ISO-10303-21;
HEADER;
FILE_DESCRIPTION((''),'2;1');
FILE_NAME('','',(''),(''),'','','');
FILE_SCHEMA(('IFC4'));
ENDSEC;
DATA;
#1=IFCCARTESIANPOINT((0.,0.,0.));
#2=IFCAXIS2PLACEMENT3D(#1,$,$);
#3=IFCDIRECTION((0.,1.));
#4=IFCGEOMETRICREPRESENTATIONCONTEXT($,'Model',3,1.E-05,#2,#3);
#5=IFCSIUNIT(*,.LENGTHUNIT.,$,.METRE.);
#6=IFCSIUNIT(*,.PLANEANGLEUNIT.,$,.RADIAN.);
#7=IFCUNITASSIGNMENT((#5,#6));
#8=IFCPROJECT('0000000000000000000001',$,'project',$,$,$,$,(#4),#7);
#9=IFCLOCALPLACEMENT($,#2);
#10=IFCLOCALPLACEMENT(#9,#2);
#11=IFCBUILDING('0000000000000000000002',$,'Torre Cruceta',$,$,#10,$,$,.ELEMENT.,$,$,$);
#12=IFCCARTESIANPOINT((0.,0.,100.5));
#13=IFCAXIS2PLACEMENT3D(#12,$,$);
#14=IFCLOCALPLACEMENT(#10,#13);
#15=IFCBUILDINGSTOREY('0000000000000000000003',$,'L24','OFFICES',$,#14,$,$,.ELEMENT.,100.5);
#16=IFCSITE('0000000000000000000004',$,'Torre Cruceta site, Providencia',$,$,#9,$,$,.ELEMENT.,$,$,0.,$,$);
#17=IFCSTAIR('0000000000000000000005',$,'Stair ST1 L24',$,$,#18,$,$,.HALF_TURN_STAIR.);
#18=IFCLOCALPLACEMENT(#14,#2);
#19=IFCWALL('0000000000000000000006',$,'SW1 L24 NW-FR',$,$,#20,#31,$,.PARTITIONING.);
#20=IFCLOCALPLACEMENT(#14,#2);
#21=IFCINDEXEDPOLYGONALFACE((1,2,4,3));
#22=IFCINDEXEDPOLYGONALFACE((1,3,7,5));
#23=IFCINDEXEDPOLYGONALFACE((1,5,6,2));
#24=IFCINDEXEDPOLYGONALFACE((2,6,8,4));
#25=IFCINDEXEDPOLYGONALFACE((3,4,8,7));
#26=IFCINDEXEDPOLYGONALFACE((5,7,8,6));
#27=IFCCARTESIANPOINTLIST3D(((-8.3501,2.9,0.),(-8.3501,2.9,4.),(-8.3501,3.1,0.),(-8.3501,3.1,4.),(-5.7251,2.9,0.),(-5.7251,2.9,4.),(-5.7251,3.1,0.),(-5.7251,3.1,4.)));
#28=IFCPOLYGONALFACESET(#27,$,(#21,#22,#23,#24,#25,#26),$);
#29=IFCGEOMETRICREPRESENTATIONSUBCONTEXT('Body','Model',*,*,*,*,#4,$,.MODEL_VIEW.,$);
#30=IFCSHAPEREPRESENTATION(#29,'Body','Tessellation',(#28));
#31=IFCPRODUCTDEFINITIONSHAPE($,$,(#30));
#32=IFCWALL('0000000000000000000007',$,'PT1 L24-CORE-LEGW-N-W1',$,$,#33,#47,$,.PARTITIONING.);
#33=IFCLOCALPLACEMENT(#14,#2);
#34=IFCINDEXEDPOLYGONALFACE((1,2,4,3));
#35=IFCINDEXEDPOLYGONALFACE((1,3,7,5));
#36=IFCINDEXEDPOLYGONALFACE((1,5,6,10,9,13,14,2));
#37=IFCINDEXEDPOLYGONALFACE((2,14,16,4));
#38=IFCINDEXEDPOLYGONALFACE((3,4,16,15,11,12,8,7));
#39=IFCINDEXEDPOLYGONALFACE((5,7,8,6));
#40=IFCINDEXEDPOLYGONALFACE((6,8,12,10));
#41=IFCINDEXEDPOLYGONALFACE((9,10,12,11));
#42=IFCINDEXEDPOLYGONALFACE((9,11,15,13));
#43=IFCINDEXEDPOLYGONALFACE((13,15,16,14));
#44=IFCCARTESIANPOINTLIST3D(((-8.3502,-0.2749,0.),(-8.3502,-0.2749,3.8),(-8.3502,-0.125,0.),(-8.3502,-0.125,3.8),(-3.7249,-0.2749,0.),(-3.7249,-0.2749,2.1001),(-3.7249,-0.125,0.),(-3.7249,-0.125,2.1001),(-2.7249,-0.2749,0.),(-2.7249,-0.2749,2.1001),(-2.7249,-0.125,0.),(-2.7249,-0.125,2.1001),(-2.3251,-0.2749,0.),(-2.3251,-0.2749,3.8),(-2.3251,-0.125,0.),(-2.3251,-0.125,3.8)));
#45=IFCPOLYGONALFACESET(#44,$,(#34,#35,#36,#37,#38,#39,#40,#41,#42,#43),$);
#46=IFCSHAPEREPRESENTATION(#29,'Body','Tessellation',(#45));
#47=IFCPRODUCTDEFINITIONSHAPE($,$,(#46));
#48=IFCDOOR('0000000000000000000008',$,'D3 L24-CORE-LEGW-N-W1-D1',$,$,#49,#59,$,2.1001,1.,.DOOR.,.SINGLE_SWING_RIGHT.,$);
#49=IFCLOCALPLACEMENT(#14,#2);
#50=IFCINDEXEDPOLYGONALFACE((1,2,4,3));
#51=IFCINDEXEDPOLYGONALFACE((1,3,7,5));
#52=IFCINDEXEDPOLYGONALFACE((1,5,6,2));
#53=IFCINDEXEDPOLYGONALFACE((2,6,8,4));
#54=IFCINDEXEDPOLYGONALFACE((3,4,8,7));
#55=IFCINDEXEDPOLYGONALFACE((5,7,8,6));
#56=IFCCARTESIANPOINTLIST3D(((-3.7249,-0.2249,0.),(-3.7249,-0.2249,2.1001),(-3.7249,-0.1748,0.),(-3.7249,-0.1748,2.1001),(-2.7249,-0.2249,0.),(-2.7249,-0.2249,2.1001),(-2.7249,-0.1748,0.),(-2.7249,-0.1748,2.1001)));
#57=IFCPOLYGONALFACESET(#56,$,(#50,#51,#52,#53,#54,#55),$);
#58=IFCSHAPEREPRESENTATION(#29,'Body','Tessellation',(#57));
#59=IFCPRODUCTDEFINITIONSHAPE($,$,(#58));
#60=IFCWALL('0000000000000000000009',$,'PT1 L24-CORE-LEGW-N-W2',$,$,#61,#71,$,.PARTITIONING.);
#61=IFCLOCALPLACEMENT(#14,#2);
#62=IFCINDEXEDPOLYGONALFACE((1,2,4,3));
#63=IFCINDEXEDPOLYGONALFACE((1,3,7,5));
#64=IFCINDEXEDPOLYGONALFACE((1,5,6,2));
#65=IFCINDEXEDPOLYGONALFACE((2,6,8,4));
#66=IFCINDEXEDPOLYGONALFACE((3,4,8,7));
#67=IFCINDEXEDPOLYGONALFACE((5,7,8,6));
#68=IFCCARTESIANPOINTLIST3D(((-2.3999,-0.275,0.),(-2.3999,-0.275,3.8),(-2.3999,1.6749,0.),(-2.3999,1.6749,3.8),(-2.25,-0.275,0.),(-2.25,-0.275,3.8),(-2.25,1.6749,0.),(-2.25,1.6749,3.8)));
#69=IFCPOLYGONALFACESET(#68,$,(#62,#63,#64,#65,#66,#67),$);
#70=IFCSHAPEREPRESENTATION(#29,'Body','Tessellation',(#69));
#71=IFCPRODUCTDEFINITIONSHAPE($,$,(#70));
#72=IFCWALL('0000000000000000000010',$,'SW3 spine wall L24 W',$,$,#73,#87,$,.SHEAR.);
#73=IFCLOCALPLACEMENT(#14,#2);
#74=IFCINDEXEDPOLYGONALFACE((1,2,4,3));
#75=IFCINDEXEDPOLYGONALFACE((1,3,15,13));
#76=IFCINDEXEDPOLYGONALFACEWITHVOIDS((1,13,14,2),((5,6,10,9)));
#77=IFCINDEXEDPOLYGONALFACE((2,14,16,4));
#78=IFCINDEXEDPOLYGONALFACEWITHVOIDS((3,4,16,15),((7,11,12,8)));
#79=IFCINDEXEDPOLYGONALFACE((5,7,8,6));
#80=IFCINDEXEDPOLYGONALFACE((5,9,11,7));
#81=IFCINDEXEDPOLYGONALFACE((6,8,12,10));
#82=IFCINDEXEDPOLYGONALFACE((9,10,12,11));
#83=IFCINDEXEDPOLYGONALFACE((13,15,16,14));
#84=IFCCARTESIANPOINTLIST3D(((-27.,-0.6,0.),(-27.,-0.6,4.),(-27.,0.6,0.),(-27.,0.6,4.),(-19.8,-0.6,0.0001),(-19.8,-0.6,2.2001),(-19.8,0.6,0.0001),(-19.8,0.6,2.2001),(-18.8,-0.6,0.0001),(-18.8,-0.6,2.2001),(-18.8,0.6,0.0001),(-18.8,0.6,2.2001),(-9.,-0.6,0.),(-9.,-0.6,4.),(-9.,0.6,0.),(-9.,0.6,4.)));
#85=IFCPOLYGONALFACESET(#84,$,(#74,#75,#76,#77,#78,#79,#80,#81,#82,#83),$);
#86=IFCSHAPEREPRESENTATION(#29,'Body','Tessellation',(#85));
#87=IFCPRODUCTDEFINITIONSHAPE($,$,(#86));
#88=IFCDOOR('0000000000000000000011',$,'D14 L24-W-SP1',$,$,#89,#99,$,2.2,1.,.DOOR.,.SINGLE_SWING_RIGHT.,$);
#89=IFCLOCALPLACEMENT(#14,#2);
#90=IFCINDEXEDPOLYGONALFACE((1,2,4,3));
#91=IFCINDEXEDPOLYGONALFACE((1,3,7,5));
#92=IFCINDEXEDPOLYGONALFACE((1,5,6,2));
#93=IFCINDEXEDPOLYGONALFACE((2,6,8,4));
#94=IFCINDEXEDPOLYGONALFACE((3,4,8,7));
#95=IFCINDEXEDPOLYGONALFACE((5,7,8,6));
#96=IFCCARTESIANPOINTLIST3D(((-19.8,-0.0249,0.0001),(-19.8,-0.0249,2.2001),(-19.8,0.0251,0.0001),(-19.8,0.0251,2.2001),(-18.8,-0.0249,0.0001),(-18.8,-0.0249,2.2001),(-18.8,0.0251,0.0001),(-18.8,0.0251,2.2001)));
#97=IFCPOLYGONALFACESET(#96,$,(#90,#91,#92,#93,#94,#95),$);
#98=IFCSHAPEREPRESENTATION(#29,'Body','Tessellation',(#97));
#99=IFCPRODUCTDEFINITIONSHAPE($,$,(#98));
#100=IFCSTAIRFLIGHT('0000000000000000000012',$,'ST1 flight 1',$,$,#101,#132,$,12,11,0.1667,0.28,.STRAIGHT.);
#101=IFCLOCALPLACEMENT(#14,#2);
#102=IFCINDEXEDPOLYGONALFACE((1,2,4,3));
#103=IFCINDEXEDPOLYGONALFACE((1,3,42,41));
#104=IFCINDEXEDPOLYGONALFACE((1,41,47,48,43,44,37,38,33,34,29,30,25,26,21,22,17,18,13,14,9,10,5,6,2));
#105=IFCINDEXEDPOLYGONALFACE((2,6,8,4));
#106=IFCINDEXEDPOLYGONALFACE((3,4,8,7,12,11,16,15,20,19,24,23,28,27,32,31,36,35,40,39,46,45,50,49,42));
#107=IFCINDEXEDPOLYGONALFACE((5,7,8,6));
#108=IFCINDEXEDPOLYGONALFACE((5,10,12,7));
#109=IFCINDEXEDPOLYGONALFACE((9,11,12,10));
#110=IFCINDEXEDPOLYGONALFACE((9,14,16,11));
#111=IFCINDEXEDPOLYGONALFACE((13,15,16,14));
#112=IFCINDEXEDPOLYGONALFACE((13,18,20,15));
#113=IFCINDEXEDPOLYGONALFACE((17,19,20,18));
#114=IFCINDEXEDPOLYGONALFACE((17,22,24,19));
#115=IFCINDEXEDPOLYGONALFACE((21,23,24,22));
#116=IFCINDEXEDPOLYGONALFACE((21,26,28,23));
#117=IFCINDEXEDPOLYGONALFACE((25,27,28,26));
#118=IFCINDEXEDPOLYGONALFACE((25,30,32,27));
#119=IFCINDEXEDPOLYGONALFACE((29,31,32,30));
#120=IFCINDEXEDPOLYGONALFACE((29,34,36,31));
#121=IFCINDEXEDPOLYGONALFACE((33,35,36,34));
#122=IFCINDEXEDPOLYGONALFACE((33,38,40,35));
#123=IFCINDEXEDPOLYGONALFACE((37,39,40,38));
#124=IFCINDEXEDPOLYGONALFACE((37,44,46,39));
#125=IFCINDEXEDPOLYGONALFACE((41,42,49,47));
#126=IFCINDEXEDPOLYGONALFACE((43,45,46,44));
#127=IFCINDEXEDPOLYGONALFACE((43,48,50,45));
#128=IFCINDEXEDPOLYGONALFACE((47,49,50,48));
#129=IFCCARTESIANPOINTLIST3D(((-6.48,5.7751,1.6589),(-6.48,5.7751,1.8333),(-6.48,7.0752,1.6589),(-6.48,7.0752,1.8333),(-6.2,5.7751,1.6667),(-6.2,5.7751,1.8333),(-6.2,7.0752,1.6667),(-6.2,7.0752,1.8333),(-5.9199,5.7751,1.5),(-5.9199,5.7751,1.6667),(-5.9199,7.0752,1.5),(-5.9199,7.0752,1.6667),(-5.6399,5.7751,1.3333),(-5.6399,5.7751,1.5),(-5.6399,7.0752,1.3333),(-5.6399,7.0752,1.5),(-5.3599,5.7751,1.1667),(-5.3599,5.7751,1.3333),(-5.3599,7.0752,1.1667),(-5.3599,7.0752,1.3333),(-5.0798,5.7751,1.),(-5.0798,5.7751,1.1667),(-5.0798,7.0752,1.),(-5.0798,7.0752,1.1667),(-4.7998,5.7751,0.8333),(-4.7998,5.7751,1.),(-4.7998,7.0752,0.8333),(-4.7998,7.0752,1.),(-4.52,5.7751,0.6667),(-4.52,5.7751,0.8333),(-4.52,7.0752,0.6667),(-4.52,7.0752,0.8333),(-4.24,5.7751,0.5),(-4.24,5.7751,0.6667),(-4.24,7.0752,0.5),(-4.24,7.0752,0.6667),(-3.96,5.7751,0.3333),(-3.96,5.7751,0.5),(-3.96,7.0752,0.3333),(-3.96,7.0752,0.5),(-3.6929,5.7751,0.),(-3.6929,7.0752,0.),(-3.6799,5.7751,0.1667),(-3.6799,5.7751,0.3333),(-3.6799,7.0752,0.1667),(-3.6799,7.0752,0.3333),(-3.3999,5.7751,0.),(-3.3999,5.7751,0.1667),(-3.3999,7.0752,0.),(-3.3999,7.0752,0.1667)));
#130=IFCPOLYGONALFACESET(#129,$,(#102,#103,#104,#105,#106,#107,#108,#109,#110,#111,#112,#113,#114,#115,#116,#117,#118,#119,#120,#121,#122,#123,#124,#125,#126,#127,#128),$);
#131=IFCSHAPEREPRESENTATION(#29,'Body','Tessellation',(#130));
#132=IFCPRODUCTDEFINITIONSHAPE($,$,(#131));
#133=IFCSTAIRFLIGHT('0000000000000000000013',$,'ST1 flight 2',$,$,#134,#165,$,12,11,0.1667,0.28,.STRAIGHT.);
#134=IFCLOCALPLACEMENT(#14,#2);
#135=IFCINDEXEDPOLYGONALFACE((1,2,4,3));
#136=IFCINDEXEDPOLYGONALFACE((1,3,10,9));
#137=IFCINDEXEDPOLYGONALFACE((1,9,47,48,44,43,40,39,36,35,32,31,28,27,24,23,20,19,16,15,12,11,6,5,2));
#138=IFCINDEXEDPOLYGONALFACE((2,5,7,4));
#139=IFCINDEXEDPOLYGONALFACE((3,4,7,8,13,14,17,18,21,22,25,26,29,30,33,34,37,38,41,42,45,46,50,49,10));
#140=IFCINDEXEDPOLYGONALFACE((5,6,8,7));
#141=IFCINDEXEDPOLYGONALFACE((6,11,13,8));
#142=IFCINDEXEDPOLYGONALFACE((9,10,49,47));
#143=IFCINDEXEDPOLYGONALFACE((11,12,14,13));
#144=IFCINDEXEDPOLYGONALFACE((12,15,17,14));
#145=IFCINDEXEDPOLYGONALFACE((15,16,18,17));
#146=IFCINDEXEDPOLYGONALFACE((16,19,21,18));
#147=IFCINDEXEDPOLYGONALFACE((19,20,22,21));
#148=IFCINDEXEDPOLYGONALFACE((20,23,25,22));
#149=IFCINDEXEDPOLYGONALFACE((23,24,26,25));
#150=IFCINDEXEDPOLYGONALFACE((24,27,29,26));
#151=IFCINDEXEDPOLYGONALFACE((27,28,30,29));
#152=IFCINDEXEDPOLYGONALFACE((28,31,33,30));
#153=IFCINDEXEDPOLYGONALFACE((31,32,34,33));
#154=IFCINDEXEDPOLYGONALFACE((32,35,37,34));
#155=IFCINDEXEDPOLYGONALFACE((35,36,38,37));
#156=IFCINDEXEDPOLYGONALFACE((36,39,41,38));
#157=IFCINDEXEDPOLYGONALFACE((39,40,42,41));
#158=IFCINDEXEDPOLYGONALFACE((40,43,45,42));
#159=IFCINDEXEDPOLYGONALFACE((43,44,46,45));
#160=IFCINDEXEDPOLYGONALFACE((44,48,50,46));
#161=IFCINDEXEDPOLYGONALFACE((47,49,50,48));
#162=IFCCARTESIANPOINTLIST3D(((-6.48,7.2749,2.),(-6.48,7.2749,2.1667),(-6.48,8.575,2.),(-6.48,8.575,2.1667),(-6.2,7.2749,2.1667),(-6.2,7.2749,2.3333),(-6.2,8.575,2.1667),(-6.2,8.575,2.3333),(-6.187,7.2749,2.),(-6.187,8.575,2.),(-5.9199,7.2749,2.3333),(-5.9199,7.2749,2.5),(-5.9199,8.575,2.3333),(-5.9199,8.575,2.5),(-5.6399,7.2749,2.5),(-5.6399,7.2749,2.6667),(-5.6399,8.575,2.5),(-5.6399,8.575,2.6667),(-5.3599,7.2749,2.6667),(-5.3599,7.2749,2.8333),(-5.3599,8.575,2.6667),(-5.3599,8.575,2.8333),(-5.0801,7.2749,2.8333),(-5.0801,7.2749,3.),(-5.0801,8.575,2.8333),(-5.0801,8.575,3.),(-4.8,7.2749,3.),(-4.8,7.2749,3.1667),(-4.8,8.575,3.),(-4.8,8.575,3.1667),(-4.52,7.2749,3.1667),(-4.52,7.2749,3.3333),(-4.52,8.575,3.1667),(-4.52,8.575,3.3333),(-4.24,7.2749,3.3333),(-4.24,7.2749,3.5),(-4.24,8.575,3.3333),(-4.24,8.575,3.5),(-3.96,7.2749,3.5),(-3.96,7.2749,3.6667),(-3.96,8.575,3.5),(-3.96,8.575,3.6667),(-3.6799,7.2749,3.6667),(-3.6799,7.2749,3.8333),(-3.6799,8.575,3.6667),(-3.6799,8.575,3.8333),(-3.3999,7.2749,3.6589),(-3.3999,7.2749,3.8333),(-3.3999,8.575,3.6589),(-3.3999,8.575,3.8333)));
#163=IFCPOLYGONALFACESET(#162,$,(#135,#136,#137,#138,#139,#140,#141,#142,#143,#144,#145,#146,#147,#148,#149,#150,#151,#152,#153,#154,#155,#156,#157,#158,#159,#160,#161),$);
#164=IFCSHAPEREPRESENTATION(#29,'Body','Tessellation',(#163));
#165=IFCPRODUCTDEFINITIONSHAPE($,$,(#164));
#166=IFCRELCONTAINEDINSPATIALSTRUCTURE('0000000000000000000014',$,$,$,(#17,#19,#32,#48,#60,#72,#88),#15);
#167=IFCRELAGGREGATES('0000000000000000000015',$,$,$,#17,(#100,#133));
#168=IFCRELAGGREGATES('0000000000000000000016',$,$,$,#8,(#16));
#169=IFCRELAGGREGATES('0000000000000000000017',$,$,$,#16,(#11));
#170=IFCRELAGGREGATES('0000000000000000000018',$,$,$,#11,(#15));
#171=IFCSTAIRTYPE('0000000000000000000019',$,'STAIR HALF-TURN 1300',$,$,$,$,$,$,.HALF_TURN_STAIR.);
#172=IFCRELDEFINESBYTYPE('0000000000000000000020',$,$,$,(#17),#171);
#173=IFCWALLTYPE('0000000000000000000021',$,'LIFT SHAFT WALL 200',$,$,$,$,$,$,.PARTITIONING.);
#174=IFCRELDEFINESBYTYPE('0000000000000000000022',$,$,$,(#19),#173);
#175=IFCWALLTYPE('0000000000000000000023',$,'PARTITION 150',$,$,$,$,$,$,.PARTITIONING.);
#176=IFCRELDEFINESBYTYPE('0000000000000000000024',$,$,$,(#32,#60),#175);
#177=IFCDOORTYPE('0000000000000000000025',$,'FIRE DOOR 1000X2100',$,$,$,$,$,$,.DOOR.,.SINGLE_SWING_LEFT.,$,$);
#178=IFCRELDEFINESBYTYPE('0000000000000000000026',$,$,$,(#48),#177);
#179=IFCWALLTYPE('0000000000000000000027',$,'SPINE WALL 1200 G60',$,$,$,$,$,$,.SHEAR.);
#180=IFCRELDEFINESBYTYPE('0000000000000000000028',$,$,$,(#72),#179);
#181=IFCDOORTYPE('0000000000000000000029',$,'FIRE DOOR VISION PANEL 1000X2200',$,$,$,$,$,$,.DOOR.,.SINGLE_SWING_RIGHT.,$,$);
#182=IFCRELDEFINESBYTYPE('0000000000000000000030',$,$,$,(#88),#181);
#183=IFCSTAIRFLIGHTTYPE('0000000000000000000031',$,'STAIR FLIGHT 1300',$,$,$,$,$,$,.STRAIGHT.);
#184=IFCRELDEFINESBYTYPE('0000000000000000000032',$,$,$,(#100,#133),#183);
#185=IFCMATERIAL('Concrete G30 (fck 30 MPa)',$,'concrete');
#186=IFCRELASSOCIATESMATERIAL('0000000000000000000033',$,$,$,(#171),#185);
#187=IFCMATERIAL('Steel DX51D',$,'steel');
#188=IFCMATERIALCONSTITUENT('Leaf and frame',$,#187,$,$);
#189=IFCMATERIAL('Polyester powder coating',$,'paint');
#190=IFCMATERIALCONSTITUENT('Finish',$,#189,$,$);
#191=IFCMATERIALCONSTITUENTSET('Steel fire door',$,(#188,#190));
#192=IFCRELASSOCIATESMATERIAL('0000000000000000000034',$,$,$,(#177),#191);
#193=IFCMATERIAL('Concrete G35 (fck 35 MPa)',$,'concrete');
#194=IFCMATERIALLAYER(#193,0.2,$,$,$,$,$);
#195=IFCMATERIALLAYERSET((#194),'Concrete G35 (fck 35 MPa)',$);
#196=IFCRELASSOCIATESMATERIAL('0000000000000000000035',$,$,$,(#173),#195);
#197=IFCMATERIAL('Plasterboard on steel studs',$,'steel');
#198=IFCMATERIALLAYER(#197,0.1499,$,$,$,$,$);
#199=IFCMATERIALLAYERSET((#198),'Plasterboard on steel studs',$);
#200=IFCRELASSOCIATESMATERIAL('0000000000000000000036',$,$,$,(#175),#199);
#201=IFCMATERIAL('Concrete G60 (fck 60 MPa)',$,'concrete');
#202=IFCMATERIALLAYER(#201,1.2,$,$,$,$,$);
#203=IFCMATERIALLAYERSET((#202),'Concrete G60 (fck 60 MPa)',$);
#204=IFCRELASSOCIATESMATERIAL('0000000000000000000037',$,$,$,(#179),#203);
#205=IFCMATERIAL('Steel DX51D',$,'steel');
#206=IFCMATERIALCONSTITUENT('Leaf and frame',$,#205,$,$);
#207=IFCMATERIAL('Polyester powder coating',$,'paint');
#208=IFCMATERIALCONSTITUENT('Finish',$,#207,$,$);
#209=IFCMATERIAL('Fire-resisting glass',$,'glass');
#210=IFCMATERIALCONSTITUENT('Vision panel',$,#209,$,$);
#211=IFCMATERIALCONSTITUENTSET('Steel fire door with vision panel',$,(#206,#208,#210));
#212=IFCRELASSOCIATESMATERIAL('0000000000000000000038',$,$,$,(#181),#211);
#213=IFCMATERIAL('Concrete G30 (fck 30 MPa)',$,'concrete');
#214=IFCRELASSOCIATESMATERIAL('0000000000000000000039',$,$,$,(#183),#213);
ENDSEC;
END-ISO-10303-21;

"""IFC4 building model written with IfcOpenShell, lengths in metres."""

from ifc_helpers import new_model, si_unit, direction, frame, frame_2d, origin, place, context, subcontext, project, spatial, polyline, rectangle, outline, extrude, material, layer, layer_set, constituent, constituent_set, type_object, element, fill, aggregate, save


model = new_model("IFC4")

# Units and contexts
model_context = context("Model", 3, precision=1e-05, world=origin(), true_north=direction((0.0, 1.0)))
body_context = subcontext(model_context, "Body", "Model", "MODEL_VIEW")
ifc_project = project(units=[si_unit("LENGTHUNIT", "METRE"), si_unit("PLANEANGLEUNIT", "RADIAN")], contexts=[model_context])

# Site, building, storey
site_placement = place(None, origin())
site = spatial("IfcSite", under=ifc_project, at=site_placement, Name="Torre Cruceta site, Providencia", CompositionType="ELEMENT", RefElevation=0.0)
building_placement = place(site_placement, origin())
building = spatial("IfcBuilding", under=site, at=building_placement, Name="Torre Cruceta", CompositionType="ELEMENT")
storey_placement = place(building_placement, frame((0.0, 0.0, 100.5)))
storey = spatial("IfcBuildingStorey", under=building, at=storey_placement, Name="L24", Description="OFFICES", CompositionType="ELEMENT", Elevation=100.5)

# Stair
ifc_material_1 = material(Name="Concrete G30 (fck 30 MPa)", Category="concrete")
stair_type = type_object("IfcStairType", Name="STAIR HALF-TURN 1300", PredefinedType="HALF_TURN_STAIR", material=ifc_material_1)
stair_1_placement = place(storey_placement, origin())
stair_1 = element("IfcStair", 1, at=stair_1_placement, inside=storey, type_object=stair_type, Name="Stair ST1 L24", PredefinedType="HALF_TURN_STAIR")

# Shared definitions
ifc_material_2 = material(Name="Steel DX51D", Category="steel")
ifc_constituent_1 = constituent(ifc_material_2, Name="Leaf and frame")
ifc_material_3 = material(Name="Polyester powder coating", Category="paint")
ifc_constituent_2 = constituent(ifc_material_3, Name="Finish")
ifc_constituent_set_1 = constituent_set(constituents=[ifc_constituent_1, ifc_constituent_2], Name="Steel fire door")
door_type_1 = type_object("IfcDoorType", Name="FIRE DOOR 1000X2100", OperationType="SINGLE_SWING_LEFT", PredefinedType="DOOR", material=ifc_constituent_set_1)

# Wall
ifc_material_4 = material(Name="Concrete G35 (fck 35 MPa)", Category="concrete")
ifc_layer_1 = layer(ifc_material_4, 0.2)
ifc_layer_set_1 = layer_set([ifc_layer_1], Name="Concrete G35 (fck 35 MPa)")
wall_type_1 = type_object("IfcWallType", Name="LIFT SHAFT WALL 200", PredefinedType="PARTITIONING", material=ifc_layer_set_1)
wall_1_placement = place(storey_placement, frame((-5.7251, 3.0, 0.0), z_axis=(0.0, 0.0, 1.0), x_axis=(-1.0, 0.0, 0.0)))
element("IfcWall", 2, at=wall_1_placement, inside=storey, type_object=wall_type_1, Name="SW1 L24 NW-FR", PredefinedType="PARTITIONING", context=body_context, shape_type="SweptSolid", body=[
    extrude(rectangle(XDim=2.625, YDim=0.2, at=frame_2d((1.3125, 0.0))), origin(), (0.0, 0.0, 1.0), 4.0),
])

# Wall, opening, door
ifc_material_5 = material(Name="Plasterboard on steel studs", Category="steel")
ifc_layer_2 = layer(ifc_material_5, 0.1499)
ifc_layer_set_2 = layer_set([ifc_layer_2], Name="Plasterboard on steel studs")
wall_type_2 = type_object("IfcWallType", Name="PARTITION 150", PredefinedType="PARTITIONING", material=ifc_layer_set_2)
wall_2_placement = place(storey_placement, frame((-2.325, -0.2, 0.0), z_axis=(0.0, 0.0, 1.0), x_axis=(-1.0, 0.0, 0.0)))
wall_2 = element("IfcWall", 3, at=wall_2_placement, inside=storey, type_object=wall_type_2, Name="PT1 L24-CORE-LEGW-N-W1", PredefinedType="PARTITIONING", context=body_context, shape_type="SweptSolid", body=[
    extrude(rectangle(XDim=6.0251, YDim=0.1499, at=frame_2d((3.0127, 0.0))), origin(), (0.0, 0.0, 1.0), 3.8),
])
opening_1_placement = place(wall_2_placement, frame((0.3999, 0.0, 0.0)))
opening_1 = element("IfcOpeningElement", 4, at=opening_1_placement, cuts=wall_2, PredefinedType="OPENING", context=body_context, shape_type="SweptSolid", body=[
    extrude(rectangle(XDim=1.0, YDim=2.1001, at=frame_2d((0.5, 1.05))), frame((0.0, 0.085, 0.0), z_axis=(0.0, -1.0, 0.0), x_axis=(1.0, 0.0, 0.0)), (0.0, 0.0, 1.0), 0.1699),
])
door_1_placement = place(opening_1_placement, frame((1.0, 0.0, 0.0), z_axis=(0.0, 0.0, 1.0), x_axis=(-1.0, 0.0, 0.0)))
door_1 = element("IfcDoor", 5, at=door_1_placement, inside=storey, type_object=door_type_1, Name="D3 L24-CORE-LEGW-N-W1-D1", OperationType="SINGLE_SWING_RIGHT", OverallHeight=2.1001, OverallWidth=1.0, PredefinedType="DOOR", context=body_context, shape_type="SweptSolid", body=[
    extrude(rectangle(XDim=1.0, YDim=2.1001, at=frame_2d((0.5, 1.05))), frame((0.0, 0.0251, 0.0), z_axis=(0.0, -1.0, 0.0), x_axis=(1.0, 0.0, 0.0)), (0.0, 0.0, 1.0), 0.05),
])
fill(opening_1, door_1)

# Wall
wall_3_placement = place(storey_placement, frame((-2.325, 1.675, 0.0), z_axis=(0.0, 0.0, 1.0), x_axis=(0.0, -1.0, 0.0)))
element("IfcWall", 6, at=wall_3_placement, inside=storey, type_object=wall_type_2, Name="PT1 L24-CORE-LEGW-N-W2", PredefinedType="PARTITIONING", context=body_context, shape_type="SweptSolid", body=[
    extrude(rectangle(XDim=1.95, YDim=0.1499, at=frame_2d((0.9751, 0.0))), origin(), (0.0, 0.0, 1.0), 3.8),
])

# Wall, opening, door
ifc_material_6 = material(Name="Concrete G60 (fck 60 MPa)", Category="concrete")
ifc_layer_3 = layer(ifc_material_6, 1.2)
ifc_layer_set_3 = layer_set([ifc_layer_3], Name="Concrete G60 (fck 60 MPa)")
wall_type_3 = type_object("IfcWallType", Name="SPINE WALL 1200 G60", PredefinedType="SHEAR", material=ifc_layer_set_3)
wall_4_placement = place(storey_placement, frame((-9.0, 0.0, 0.0), z_axis=(0.0, 0.0, 1.0), x_axis=(-1.0, 0.0, 0.0)))
wall_4 = element("IfcWall", 7, at=wall_4_placement, inside=storey, type_object=wall_type_3, Name="SW3 spine wall L24 W", PredefinedType="SHEAR", context=body_context, shape_type="SweptSolid", body=[
    extrude(rectangle(XDim=18.0, YDim=1.2, at=frame_2d((9.0, 0.0))), origin(), (0.0, 0.0, 1.0), 4.0),
])
opening_2_placement = place(wall_4_placement, frame((9.8, 0.0, 0.0)))
opening_2 = element("IfcOpeningElement", 8, at=opening_2_placement, cuts=wall_4, PredefinedType="OPENING", context=body_context, shape_type="SweptSolid", body=[
    extrude(rectangle(XDim=1.0, YDim=2.2, at=frame_2d((0.5, 1.1001))), frame((0.0, 0.6099, 0.0), z_axis=(0.0, -1.0, 0.0), x_axis=(1.0, 0.0, 0.0)), (0.0, 0.0, 1.0), 1.22),
])
ifc_material_7 = material(Name="Steel DX51D", Category="steel")
ifc_constituent_3 = constituent(ifc_material_7, Name="Leaf and frame")
ifc_material_8 = material(Name="Polyester powder coating", Category="paint")
ifc_constituent_4 = constituent(ifc_material_8, Name="Finish")
ifc_material_9 = material(Name="Fire-resisting glass", Category="glass")
ifc_constituent_5 = constituent(ifc_material_9, Name="Vision panel")
ifc_constituent_set_2 = constituent_set(constituents=[ifc_constituent_3, ifc_constituent_4, ifc_constituent_5], Name="Steel fire door with vision panel")
door_type_2 = type_object("IfcDoorType", Name="FIRE DOOR VISION PANEL 1000X2200", OperationType="SINGLE_SWING_RIGHT", PredefinedType="DOOR", material=ifc_constituent_set_2)
door_2_placement = place(opening_2_placement, origin())
door_2 = element("IfcDoor", 9, at=door_2_placement, inside=storey, type_object=door_type_2, Name="D14 L24-W-SP1", OperationType="SINGLE_SWING_RIGHT", OverallHeight=2.2, OverallWidth=1.0, PredefinedType="DOOR", context=body_context, shape_type="SweptSolid", body=[
    extrude(rectangle(XDim=1.0, YDim=2.2, at=frame_2d((0.5, 1.1001))), frame((0.0, 0.0249, 0.0), z_axis=(0.0, -1.0, 0.0), x_axis=(1.0, 0.0, 0.0)), (0.0, 0.0, 1.0), 0.05),
])
fill(opening_2, door_2)

# Stair flights
ifc_material_10 = material(Name="Concrete G30 (fck 30 MPa)", Category="concrete")
stair_flight_type = type_object("IfcStairFlightType", Name="STAIR FLIGHT 1300", PredefinedType="STRAIGHT", material=ifc_material_10)
stair_flight_1_placement = place(storey_placement, frame((-3.3999, 6.425, 0.0), z_axis=(0.0, 0.0, 1.0), x_axis=(-1.0, 0.0, 0.0)))
stair_flight_1 = element("IfcStairFlight", 10, at=stair_flight_1_placement, type_object=stair_flight_type, Name="ST1 flight 1", NumberOfRisers=12, NumberOfTreads=11, PredefinedType="STRAIGHT", RiserHeight=0.1667, TreadLength=0.28, context=body_context, shape_type="SweptSolid", body=[
    extrude(outline(polyline([(0.0, 0.0), (0.0, 0.1667), (0.28, 0.1667), (0.28, 0.3333), (0.5601, 0.3333), (0.5601, 0.5), (0.8401, 0.5), (0.8401, 0.6667), (1.1201, 0.6667), (1.1201, 0.8333), (1.3999, 0.8333), (1.3999, 1.0), (1.6799, 1.0), (1.6799, 1.1667), (1.96, 1.1667), (1.96, 1.3333), (2.24, 1.3333), (2.24, 1.5), (2.52, 1.5), (2.52, 1.6667), (2.8, 1.6667), (2.8, 1.8333), (3.0801, 1.8333), (3.0801, 2.0), (3.0801, 1.6589), (0.293, 0.0), (0.0, 0.0)])), frame((0.0, 0.6499, 0.0), z_axis=(0.0, -1.0, 0.0), x_axis=(1.0, 0.0, 0.0)), (0.0, 0.0, 1.0), 1.3),
])
stair_flight_2_placement = place(storey_placement, frame((-6.48, 7.925, 2.0), z_axis=(0.0, 0.0, 1.0), x_axis=(1.0, 0.0, 0.0)))
stair_flight_2 = element("IfcStairFlight", 11, at=stair_flight_2_placement, type_object=stair_flight_type, Name="ST1 flight 2", NumberOfRisers=12, NumberOfTreads=11, PredefinedType="STRAIGHT", RiserHeight=0.1667, TreadLength=0.28, context=body_context, shape_type="SweptSolid", body=[
    extrude(outline(polyline([(0.0, 0.0), (0.0, 0.1667), (0.28, 0.1667), (0.28, 0.3333), (0.5601, 0.3333), (0.5601, 0.5), (0.8401, 0.5), (0.8401, 0.6667), (1.1201, 0.6667), (1.1201, 0.8333), (1.3999, 0.8333), (1.3999, 1.0), (1.6799, 1.0), (1.6799, 1.1667), (1.96, 1.1667), (1.96, 1.3333), (2.24, 1.3333), (2.24, 1.5), (2.52, 1.5), (2.52, 1.6667), (2.8, 1.6667), (2.8, 1.8333), (3.0801, 1.8333), (3.0801, 2.0), (3.0801, 1.6589), (0.293, 0.0), (0.0, 0.0)])), frame((0.0, 0.6499, 0.0), z_axis=(0.0, -1.0, 0.0), x_axis=(1.0, 0.0, 0.0)), (0.0, 0.0, 1.0), 1.3),
])
aggregate(stair_1, [stair_flight_1, stair_flight_2])

save(model, "model.ifc")
